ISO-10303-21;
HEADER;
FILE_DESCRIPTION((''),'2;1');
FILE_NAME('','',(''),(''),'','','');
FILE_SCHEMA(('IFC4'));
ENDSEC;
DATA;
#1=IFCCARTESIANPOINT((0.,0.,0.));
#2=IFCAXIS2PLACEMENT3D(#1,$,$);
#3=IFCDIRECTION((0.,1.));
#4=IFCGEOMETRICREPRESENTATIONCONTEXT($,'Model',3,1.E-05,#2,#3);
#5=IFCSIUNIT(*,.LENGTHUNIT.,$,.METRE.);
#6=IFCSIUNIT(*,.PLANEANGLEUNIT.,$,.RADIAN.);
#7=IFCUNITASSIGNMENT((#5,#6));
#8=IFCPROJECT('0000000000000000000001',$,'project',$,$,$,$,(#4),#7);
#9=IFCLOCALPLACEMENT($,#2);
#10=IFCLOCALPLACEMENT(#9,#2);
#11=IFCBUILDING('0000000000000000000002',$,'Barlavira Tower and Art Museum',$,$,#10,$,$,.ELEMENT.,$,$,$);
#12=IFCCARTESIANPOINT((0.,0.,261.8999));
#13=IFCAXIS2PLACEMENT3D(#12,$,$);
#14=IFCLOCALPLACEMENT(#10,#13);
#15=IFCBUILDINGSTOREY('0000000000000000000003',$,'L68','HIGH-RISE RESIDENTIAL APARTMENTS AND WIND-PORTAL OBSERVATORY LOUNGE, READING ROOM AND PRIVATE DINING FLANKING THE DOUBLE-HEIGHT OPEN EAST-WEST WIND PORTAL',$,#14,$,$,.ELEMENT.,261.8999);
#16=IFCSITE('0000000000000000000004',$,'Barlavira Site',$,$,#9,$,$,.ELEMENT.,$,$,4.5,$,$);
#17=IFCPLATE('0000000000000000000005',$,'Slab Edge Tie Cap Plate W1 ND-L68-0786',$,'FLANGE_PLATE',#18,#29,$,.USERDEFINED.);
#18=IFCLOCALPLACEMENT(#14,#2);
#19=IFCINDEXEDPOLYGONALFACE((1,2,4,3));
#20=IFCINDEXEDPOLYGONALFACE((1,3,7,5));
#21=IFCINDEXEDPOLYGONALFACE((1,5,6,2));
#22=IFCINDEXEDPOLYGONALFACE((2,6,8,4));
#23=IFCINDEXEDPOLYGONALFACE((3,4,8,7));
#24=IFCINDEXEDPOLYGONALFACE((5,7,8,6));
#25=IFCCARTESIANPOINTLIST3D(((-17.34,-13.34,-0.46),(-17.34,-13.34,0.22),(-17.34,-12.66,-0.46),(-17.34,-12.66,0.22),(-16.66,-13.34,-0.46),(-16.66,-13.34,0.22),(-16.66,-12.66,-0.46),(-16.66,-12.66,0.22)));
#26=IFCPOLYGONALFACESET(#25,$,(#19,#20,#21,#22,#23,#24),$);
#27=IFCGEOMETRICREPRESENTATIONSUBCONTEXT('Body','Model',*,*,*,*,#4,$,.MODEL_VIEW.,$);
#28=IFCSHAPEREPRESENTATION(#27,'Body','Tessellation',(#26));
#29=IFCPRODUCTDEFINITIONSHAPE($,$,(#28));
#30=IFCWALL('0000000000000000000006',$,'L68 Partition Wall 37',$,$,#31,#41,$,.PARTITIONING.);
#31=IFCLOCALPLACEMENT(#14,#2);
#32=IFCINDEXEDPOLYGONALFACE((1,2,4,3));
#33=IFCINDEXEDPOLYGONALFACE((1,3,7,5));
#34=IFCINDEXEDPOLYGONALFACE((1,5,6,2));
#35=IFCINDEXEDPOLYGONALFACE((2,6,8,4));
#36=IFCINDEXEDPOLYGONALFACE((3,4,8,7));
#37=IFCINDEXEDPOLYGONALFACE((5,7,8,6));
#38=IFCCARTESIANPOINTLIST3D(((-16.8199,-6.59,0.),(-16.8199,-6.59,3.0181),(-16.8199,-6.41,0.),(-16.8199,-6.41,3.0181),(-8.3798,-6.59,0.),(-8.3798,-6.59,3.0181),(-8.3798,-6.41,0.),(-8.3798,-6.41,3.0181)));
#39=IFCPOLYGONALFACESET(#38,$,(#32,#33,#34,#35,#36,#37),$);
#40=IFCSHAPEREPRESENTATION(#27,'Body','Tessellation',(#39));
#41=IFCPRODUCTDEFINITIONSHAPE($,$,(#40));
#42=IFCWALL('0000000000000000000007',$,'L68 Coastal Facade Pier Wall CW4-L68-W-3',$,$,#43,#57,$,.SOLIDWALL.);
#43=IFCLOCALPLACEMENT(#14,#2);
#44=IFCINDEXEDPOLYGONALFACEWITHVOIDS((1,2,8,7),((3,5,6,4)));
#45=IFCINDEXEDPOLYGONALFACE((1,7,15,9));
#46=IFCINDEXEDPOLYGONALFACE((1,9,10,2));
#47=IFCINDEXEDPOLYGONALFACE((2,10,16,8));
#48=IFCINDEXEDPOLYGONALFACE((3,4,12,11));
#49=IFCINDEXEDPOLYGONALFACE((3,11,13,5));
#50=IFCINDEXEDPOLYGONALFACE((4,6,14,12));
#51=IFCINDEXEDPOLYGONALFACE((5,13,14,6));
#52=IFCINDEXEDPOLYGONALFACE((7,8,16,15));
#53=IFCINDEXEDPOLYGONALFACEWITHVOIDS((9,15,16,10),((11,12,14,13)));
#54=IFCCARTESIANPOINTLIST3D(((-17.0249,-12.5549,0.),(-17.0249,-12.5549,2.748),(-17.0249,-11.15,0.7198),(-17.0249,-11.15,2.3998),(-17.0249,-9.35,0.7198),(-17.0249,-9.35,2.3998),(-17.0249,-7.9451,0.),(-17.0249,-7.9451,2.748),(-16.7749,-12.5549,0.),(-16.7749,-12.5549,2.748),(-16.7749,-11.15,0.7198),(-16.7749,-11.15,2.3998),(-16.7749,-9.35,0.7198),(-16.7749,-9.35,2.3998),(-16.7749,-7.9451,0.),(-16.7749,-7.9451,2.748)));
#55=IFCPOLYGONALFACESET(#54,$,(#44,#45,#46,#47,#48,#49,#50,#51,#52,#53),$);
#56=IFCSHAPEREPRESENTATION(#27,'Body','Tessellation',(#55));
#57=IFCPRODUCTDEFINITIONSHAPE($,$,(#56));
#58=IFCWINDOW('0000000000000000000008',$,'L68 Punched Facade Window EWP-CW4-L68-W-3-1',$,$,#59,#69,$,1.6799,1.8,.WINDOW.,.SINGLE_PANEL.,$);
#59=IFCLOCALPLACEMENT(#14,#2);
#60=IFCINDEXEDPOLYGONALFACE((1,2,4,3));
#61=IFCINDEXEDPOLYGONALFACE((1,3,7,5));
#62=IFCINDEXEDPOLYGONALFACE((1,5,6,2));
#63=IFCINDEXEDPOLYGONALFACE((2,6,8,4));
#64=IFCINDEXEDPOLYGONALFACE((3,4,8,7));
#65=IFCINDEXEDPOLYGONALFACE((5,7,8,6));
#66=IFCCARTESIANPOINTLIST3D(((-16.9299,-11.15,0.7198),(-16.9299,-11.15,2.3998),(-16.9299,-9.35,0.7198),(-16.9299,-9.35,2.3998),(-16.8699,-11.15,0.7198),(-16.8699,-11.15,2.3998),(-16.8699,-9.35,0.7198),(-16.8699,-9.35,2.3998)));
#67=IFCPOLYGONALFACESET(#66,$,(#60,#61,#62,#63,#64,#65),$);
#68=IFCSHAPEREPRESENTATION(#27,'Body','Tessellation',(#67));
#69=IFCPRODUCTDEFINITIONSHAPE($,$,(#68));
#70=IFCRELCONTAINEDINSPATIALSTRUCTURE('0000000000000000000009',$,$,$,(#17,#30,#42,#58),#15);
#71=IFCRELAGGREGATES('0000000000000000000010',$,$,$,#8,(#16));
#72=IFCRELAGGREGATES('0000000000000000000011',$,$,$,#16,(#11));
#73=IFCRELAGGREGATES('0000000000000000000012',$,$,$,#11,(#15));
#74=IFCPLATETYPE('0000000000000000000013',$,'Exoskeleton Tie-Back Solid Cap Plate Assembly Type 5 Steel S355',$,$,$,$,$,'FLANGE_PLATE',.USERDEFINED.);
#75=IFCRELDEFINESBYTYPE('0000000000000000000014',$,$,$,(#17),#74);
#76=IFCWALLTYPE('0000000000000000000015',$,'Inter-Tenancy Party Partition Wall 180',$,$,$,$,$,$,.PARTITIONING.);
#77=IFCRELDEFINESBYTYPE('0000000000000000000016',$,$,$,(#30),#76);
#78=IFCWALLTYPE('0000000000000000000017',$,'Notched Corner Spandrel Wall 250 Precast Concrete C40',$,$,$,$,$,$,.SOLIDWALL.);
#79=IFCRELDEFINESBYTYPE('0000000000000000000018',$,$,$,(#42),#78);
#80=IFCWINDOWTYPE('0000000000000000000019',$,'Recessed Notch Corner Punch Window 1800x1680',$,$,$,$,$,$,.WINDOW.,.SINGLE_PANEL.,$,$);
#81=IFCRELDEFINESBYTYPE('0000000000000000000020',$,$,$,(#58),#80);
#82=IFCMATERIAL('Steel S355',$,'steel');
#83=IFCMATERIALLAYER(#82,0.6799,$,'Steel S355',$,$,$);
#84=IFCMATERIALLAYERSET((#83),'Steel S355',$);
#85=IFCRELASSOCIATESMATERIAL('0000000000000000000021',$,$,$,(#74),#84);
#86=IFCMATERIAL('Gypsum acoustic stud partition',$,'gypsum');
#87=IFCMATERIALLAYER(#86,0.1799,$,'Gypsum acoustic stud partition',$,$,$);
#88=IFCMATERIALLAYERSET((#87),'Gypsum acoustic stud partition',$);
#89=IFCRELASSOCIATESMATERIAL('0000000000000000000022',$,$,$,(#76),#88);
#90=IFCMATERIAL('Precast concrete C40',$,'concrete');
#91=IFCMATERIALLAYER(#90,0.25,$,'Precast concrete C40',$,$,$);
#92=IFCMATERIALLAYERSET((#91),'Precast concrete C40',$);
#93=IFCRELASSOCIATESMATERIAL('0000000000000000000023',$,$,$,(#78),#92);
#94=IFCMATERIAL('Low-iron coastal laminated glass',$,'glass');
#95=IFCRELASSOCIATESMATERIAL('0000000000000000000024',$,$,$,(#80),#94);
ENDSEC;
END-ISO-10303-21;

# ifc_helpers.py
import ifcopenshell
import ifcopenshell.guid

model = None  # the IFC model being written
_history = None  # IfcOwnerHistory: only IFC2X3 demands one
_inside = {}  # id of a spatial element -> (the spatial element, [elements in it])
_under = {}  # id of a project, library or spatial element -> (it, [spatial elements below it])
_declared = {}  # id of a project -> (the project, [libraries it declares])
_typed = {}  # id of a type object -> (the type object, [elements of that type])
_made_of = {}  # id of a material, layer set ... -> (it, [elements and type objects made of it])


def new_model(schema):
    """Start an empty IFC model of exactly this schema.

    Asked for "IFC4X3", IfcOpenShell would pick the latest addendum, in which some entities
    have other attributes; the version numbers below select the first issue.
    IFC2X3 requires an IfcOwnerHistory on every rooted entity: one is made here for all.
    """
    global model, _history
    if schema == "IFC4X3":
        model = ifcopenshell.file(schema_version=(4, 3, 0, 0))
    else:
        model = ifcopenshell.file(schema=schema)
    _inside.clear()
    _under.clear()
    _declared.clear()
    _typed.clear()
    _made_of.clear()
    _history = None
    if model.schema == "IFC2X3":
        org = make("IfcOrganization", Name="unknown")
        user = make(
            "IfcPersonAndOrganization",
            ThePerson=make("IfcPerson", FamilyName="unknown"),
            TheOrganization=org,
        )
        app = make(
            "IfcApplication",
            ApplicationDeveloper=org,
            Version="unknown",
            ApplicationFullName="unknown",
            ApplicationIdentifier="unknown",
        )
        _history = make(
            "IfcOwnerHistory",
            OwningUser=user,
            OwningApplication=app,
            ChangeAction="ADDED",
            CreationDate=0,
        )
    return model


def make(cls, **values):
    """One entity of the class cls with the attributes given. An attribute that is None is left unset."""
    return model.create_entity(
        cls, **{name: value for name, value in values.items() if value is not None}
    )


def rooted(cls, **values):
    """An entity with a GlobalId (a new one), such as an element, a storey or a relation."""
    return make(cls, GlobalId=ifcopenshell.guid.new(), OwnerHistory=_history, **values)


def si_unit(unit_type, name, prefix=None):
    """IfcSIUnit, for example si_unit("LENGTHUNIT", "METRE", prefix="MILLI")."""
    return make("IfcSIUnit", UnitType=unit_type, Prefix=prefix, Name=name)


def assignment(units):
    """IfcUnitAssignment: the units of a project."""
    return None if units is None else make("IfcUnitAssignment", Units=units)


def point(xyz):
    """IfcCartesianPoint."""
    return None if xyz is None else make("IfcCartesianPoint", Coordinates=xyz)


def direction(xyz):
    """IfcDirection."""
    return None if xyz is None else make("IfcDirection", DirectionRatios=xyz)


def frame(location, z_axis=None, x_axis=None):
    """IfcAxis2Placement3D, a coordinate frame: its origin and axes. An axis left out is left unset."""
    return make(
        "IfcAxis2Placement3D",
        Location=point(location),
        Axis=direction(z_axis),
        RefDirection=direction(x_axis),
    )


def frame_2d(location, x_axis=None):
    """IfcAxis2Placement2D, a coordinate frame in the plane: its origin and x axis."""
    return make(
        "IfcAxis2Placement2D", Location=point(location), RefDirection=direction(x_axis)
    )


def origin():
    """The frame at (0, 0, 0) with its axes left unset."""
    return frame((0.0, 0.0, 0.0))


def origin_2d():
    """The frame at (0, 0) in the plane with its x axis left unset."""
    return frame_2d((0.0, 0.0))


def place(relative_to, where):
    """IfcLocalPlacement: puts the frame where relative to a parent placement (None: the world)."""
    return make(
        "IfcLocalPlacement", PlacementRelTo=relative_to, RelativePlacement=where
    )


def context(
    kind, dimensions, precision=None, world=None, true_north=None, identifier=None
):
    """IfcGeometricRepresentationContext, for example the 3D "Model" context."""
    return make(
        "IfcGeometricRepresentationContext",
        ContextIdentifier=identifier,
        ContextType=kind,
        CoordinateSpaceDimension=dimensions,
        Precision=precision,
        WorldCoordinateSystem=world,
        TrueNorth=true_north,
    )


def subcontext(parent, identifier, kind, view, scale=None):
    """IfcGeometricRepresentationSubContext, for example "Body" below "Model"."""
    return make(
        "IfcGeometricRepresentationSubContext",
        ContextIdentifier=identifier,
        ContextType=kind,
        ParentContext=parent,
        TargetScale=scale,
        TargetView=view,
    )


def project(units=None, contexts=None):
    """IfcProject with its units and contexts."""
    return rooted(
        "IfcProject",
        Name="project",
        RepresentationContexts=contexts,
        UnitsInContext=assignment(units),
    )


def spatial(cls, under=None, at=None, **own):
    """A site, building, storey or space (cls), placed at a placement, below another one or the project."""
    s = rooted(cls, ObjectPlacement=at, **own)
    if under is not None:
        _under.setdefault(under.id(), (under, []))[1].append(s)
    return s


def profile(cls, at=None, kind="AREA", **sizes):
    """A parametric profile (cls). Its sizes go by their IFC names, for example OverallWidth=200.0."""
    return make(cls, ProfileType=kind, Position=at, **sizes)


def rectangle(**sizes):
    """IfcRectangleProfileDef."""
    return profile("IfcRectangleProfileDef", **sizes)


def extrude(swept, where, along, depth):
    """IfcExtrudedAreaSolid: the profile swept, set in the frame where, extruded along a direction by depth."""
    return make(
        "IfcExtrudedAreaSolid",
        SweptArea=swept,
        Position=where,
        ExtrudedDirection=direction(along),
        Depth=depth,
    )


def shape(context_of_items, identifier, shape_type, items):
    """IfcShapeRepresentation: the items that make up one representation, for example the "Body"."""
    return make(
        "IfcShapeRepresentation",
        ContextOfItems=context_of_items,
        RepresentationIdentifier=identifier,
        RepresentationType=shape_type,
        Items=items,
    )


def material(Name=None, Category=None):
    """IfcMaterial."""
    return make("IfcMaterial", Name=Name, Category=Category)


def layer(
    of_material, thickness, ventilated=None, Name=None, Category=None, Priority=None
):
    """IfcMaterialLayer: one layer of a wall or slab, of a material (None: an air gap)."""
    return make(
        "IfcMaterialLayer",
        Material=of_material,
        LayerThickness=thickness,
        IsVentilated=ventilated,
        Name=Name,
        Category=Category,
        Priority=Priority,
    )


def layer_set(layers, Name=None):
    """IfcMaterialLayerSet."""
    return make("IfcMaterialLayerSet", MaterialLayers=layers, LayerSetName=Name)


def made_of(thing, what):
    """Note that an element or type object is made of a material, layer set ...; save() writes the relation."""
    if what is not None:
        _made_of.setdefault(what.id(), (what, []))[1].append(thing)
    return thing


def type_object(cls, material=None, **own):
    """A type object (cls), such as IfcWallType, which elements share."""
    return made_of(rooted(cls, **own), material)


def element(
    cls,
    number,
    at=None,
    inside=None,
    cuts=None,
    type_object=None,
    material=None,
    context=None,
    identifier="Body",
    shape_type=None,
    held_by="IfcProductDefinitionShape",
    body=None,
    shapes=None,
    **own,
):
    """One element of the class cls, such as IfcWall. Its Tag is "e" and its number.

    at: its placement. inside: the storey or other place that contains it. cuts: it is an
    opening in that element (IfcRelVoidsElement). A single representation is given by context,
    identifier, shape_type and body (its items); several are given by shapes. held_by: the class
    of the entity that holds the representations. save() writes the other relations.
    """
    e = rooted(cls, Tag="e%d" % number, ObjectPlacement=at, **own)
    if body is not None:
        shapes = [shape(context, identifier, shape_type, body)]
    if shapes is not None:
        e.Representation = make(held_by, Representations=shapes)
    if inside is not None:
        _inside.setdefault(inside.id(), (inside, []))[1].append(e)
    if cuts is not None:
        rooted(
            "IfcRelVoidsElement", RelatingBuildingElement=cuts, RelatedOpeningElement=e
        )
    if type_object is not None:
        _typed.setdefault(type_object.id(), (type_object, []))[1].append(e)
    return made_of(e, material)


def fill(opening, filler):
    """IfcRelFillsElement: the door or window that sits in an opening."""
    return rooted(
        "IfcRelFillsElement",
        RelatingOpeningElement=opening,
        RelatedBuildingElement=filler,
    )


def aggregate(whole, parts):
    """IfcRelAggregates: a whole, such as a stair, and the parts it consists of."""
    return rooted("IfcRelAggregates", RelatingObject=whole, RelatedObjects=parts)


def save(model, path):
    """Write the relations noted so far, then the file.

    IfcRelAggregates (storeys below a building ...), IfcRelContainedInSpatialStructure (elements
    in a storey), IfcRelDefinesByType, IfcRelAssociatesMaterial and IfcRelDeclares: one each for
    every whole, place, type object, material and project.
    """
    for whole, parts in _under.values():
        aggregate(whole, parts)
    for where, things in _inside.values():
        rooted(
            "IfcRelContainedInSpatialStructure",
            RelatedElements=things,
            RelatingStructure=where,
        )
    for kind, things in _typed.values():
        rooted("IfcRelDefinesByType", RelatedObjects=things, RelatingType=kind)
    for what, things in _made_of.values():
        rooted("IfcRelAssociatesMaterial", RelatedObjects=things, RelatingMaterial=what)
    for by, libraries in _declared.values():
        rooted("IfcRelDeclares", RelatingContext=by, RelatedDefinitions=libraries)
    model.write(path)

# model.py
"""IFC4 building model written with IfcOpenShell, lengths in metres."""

from ifc_helpers import new_model, si_unit, direction, frame, frame_2d, origin, origin_2d, place, context, subcontext, project, spatial, rectangle, extrude, material, layer, layer_set, type_object, element, fill, save


model = new_model("IFC4")

# Units and contexts
model_context = context("Model", 3, precision=1e-05, world=origin(), true_north=direction((0.0, 1.0)))
body_context = subcontext(model_context, "Body", "Model", "MODEL_VIEW")
ifc_project = project(units=[si_unit("LENGTHUNIT", "METRE"), si_unit("PLANEANGLEUNIT", "RADIAN")], contexts=[model_context])

# Site, building, storey
site_placement = place(None, origin())
site = spatial("IfcSite", under=ifc_project, at=site_placement, Name="Barlavira Site", CompositionType="ELEMENT", RefElevation=4.5)
building_placement = place(site_placement, origin())
building = spatial("IfcBuilding", under=site, at=building_placement, Name="Barlavira Tower and Art Museum", CompositionType="ELEMENT")
storey_placement = place(building_placement, frame((0.0, 0.0, 261.8999)))
storey = spatial("IfcBuildingStorey", under=building, at=storey_placement, Name="L68", Description="HIGH-RISE RESIDENTIAL APARTMENTS AND WIND-PORTAL OBSERVATORY LOUNGE, READING ROOM AND PRIVATE DINING FLANKING THE DOUBLE-HEIGHT OPEN EAST-WEST WIND PORTAL", CompositionType="ELEMENT", Elevation=261.8999)

# Shared definitions
ifc_material_1 = material(Name="Low-iron coastal laminated glass", Category="glass")

# Shared definitions
ifc_material_2 = material(Name="Steel S355", Category="steel")

# Plate
ifc_layer_1 = layer(ifc_material_2, 0.6799, Name="Steel S355")
ifc_layer_set_1 = layer_set([ifc_layer_1], Name="Steel S355")
plate_type_1 = type_object("IfcPlateType", Name="Exoskeleton Tie-Back Solid Cap Plate Assembly Type 5 Steel S355", ElementType="FLANGE_PLATE", PredefinedType="USERDEFINED", material=ifc_layer_set_1)
plate_1_placement = place(storey_placement, frame((-17.0, -13.0, -0.46), z_axis=(0.0, 0.0, 1.0), x_axis=(1.0, 0.0, 0.0)))
element("IfcPlate", 1, at=plate_1_placement, inside=storey, type_object=plate_type_1, Name="Slab Edge Tie Cap Plate W1 ND-L68-0786", ObjectType="FLANGE_PLATE", PredefinedType="USERDEFINED", context=body_context, shape_type="SweptSolid", body=[
    extrude(rectangle(XDim=0.6799, YDim=0.6799, at=origin_2d()), origin(), (0.0, 0.0, 1.0), 0.6799),
])

# Wall
ifc_material_3 = material(Name="Gypsum acoustic stud partition", Category="gypsum")
ifc_layer_2 = layer(ifc_material_3, 0.1799, Name="Gypsum acoustic stud partition")
ifc_layer_set_2 = layer_set([ifc_layer_2], Name="Gypsum acoustic stud partition")
wall_type_1 = type_object("IfcWallType", Name="Inter-Tenancy Party Partition Wall 180", PredefinedType="PARTITIONING", material=ifc_layer_set_2)
wall_1_placement = place(storey_placement, frame((-16.8201, -6.5, 0.0), z_axis=(0.0, 0.0, 1.0), x_axis=(1.0, 0.0, 0.0)))
element("IfcWall", 2, at=wall_1_placement, inside=storey, type_object=wall_type_1, Name="L68 Partition Wall 37", PredefinedType="PARTITIONING", context=body_context, shape_type="SweptSolid", body=[
    extrude(rectangle(XDim=8.4402, YDim=0.1799, at=frame_2d((4.2202, 0.0))), origin(), (0.0, 0.0, 1.0), 3.0181),
])

# Wall, opening, window
ifc_material_4 = material(Name="Precast concrete C40", Category="concrete")
ifc_layer_3 = layer(ifc_material_4, 0.25, Name="Precast concrete C40")
ifc_layer_set_3 = layer_set([ifc_layer_3], Name="Precast concrete C40")
wall_type_2 = type_object("IfcWallType", Name="Notched Corner Spandrel Wall 250 Precast Concrete C40", PredefinedType="SOLIDWALL", material=ifc_layer_set_3)
wall_2_placement = place(storey_placement, frame((-16.8999, -7.9451, 0.0), z_axis=(0.0, 0.0, 1.0), x_axis=(0.0, -1.0, 0.0)))
wall_2 = element("IfcWall", 3, at=wall_2_placement, inside=storey, type_object=wall_type_2, Name="L68 Coastal Facade Pier Wall CW4-L68-W-3", PredefinedType="SOLIDWALL", context=body_context, shape_type="SweptSolid", body=[
    extrude(rectangle(XDim=4.6099, YDim=0.25, at=frame_2d((2.3049, 0.0))), origin(), (0.0, 0.0, 1.0), 2.748),
])
opening_placement = place(wall_2_placement, frame((1.405, 0.0, 0.72)))
opening = element("IfcOpeningElement", 4, at=opening_placement, cuts=wall_2, PredefinedType="OPENING", context=body_context, shape_type="SweptSolid", body=[
    extrude(rectangle(XDim=1.8, YDim=1.6799, at=frame_2d((0.8999, 0.8398))), frame((0.0, 0.135, 0.0), z_axis=(0.0, -1.0, 0.0), x_axis=(1.0, 0.0, 0.0)), (0.0, 0.0, 1.0), 0.27),
])
window_type = type_object("IfcWindowType", Name="Recessed Notch Corner Punch Window 1800x1680", PartitioningType="SINGLE_PANEL", PredefinedType="WINDOW", material=ifc_material_1)
window_placement = place(opening_placement, origin())
window = element("IfcWindow", 5, at=window_placement, inside=storey, type_object=window_type, Name="L68 Punched Facade Window EWP-CW4-L68-W-3-1", OverallHeight=1.6799, OverallWidth=1.8, PartitioningType="SINGLE_PANEL", PredefinedType="WINDOW", context=body_context, shape_type="SweptSolid", body=[
    extrude(rectangle(XDim=1.8, YDim=1.6799, at=frame_2d((0.8999, 0.8398))), frame((0.0, 0.03, 0.0), z_axis=(0.0, -1.0, 0.0), x_axis=(1.0, 0.0, 0.0)), (0.0, 0.0, 1.0), 0.0601),
])
fill(opening, window)

save(model, "model.ifc")
